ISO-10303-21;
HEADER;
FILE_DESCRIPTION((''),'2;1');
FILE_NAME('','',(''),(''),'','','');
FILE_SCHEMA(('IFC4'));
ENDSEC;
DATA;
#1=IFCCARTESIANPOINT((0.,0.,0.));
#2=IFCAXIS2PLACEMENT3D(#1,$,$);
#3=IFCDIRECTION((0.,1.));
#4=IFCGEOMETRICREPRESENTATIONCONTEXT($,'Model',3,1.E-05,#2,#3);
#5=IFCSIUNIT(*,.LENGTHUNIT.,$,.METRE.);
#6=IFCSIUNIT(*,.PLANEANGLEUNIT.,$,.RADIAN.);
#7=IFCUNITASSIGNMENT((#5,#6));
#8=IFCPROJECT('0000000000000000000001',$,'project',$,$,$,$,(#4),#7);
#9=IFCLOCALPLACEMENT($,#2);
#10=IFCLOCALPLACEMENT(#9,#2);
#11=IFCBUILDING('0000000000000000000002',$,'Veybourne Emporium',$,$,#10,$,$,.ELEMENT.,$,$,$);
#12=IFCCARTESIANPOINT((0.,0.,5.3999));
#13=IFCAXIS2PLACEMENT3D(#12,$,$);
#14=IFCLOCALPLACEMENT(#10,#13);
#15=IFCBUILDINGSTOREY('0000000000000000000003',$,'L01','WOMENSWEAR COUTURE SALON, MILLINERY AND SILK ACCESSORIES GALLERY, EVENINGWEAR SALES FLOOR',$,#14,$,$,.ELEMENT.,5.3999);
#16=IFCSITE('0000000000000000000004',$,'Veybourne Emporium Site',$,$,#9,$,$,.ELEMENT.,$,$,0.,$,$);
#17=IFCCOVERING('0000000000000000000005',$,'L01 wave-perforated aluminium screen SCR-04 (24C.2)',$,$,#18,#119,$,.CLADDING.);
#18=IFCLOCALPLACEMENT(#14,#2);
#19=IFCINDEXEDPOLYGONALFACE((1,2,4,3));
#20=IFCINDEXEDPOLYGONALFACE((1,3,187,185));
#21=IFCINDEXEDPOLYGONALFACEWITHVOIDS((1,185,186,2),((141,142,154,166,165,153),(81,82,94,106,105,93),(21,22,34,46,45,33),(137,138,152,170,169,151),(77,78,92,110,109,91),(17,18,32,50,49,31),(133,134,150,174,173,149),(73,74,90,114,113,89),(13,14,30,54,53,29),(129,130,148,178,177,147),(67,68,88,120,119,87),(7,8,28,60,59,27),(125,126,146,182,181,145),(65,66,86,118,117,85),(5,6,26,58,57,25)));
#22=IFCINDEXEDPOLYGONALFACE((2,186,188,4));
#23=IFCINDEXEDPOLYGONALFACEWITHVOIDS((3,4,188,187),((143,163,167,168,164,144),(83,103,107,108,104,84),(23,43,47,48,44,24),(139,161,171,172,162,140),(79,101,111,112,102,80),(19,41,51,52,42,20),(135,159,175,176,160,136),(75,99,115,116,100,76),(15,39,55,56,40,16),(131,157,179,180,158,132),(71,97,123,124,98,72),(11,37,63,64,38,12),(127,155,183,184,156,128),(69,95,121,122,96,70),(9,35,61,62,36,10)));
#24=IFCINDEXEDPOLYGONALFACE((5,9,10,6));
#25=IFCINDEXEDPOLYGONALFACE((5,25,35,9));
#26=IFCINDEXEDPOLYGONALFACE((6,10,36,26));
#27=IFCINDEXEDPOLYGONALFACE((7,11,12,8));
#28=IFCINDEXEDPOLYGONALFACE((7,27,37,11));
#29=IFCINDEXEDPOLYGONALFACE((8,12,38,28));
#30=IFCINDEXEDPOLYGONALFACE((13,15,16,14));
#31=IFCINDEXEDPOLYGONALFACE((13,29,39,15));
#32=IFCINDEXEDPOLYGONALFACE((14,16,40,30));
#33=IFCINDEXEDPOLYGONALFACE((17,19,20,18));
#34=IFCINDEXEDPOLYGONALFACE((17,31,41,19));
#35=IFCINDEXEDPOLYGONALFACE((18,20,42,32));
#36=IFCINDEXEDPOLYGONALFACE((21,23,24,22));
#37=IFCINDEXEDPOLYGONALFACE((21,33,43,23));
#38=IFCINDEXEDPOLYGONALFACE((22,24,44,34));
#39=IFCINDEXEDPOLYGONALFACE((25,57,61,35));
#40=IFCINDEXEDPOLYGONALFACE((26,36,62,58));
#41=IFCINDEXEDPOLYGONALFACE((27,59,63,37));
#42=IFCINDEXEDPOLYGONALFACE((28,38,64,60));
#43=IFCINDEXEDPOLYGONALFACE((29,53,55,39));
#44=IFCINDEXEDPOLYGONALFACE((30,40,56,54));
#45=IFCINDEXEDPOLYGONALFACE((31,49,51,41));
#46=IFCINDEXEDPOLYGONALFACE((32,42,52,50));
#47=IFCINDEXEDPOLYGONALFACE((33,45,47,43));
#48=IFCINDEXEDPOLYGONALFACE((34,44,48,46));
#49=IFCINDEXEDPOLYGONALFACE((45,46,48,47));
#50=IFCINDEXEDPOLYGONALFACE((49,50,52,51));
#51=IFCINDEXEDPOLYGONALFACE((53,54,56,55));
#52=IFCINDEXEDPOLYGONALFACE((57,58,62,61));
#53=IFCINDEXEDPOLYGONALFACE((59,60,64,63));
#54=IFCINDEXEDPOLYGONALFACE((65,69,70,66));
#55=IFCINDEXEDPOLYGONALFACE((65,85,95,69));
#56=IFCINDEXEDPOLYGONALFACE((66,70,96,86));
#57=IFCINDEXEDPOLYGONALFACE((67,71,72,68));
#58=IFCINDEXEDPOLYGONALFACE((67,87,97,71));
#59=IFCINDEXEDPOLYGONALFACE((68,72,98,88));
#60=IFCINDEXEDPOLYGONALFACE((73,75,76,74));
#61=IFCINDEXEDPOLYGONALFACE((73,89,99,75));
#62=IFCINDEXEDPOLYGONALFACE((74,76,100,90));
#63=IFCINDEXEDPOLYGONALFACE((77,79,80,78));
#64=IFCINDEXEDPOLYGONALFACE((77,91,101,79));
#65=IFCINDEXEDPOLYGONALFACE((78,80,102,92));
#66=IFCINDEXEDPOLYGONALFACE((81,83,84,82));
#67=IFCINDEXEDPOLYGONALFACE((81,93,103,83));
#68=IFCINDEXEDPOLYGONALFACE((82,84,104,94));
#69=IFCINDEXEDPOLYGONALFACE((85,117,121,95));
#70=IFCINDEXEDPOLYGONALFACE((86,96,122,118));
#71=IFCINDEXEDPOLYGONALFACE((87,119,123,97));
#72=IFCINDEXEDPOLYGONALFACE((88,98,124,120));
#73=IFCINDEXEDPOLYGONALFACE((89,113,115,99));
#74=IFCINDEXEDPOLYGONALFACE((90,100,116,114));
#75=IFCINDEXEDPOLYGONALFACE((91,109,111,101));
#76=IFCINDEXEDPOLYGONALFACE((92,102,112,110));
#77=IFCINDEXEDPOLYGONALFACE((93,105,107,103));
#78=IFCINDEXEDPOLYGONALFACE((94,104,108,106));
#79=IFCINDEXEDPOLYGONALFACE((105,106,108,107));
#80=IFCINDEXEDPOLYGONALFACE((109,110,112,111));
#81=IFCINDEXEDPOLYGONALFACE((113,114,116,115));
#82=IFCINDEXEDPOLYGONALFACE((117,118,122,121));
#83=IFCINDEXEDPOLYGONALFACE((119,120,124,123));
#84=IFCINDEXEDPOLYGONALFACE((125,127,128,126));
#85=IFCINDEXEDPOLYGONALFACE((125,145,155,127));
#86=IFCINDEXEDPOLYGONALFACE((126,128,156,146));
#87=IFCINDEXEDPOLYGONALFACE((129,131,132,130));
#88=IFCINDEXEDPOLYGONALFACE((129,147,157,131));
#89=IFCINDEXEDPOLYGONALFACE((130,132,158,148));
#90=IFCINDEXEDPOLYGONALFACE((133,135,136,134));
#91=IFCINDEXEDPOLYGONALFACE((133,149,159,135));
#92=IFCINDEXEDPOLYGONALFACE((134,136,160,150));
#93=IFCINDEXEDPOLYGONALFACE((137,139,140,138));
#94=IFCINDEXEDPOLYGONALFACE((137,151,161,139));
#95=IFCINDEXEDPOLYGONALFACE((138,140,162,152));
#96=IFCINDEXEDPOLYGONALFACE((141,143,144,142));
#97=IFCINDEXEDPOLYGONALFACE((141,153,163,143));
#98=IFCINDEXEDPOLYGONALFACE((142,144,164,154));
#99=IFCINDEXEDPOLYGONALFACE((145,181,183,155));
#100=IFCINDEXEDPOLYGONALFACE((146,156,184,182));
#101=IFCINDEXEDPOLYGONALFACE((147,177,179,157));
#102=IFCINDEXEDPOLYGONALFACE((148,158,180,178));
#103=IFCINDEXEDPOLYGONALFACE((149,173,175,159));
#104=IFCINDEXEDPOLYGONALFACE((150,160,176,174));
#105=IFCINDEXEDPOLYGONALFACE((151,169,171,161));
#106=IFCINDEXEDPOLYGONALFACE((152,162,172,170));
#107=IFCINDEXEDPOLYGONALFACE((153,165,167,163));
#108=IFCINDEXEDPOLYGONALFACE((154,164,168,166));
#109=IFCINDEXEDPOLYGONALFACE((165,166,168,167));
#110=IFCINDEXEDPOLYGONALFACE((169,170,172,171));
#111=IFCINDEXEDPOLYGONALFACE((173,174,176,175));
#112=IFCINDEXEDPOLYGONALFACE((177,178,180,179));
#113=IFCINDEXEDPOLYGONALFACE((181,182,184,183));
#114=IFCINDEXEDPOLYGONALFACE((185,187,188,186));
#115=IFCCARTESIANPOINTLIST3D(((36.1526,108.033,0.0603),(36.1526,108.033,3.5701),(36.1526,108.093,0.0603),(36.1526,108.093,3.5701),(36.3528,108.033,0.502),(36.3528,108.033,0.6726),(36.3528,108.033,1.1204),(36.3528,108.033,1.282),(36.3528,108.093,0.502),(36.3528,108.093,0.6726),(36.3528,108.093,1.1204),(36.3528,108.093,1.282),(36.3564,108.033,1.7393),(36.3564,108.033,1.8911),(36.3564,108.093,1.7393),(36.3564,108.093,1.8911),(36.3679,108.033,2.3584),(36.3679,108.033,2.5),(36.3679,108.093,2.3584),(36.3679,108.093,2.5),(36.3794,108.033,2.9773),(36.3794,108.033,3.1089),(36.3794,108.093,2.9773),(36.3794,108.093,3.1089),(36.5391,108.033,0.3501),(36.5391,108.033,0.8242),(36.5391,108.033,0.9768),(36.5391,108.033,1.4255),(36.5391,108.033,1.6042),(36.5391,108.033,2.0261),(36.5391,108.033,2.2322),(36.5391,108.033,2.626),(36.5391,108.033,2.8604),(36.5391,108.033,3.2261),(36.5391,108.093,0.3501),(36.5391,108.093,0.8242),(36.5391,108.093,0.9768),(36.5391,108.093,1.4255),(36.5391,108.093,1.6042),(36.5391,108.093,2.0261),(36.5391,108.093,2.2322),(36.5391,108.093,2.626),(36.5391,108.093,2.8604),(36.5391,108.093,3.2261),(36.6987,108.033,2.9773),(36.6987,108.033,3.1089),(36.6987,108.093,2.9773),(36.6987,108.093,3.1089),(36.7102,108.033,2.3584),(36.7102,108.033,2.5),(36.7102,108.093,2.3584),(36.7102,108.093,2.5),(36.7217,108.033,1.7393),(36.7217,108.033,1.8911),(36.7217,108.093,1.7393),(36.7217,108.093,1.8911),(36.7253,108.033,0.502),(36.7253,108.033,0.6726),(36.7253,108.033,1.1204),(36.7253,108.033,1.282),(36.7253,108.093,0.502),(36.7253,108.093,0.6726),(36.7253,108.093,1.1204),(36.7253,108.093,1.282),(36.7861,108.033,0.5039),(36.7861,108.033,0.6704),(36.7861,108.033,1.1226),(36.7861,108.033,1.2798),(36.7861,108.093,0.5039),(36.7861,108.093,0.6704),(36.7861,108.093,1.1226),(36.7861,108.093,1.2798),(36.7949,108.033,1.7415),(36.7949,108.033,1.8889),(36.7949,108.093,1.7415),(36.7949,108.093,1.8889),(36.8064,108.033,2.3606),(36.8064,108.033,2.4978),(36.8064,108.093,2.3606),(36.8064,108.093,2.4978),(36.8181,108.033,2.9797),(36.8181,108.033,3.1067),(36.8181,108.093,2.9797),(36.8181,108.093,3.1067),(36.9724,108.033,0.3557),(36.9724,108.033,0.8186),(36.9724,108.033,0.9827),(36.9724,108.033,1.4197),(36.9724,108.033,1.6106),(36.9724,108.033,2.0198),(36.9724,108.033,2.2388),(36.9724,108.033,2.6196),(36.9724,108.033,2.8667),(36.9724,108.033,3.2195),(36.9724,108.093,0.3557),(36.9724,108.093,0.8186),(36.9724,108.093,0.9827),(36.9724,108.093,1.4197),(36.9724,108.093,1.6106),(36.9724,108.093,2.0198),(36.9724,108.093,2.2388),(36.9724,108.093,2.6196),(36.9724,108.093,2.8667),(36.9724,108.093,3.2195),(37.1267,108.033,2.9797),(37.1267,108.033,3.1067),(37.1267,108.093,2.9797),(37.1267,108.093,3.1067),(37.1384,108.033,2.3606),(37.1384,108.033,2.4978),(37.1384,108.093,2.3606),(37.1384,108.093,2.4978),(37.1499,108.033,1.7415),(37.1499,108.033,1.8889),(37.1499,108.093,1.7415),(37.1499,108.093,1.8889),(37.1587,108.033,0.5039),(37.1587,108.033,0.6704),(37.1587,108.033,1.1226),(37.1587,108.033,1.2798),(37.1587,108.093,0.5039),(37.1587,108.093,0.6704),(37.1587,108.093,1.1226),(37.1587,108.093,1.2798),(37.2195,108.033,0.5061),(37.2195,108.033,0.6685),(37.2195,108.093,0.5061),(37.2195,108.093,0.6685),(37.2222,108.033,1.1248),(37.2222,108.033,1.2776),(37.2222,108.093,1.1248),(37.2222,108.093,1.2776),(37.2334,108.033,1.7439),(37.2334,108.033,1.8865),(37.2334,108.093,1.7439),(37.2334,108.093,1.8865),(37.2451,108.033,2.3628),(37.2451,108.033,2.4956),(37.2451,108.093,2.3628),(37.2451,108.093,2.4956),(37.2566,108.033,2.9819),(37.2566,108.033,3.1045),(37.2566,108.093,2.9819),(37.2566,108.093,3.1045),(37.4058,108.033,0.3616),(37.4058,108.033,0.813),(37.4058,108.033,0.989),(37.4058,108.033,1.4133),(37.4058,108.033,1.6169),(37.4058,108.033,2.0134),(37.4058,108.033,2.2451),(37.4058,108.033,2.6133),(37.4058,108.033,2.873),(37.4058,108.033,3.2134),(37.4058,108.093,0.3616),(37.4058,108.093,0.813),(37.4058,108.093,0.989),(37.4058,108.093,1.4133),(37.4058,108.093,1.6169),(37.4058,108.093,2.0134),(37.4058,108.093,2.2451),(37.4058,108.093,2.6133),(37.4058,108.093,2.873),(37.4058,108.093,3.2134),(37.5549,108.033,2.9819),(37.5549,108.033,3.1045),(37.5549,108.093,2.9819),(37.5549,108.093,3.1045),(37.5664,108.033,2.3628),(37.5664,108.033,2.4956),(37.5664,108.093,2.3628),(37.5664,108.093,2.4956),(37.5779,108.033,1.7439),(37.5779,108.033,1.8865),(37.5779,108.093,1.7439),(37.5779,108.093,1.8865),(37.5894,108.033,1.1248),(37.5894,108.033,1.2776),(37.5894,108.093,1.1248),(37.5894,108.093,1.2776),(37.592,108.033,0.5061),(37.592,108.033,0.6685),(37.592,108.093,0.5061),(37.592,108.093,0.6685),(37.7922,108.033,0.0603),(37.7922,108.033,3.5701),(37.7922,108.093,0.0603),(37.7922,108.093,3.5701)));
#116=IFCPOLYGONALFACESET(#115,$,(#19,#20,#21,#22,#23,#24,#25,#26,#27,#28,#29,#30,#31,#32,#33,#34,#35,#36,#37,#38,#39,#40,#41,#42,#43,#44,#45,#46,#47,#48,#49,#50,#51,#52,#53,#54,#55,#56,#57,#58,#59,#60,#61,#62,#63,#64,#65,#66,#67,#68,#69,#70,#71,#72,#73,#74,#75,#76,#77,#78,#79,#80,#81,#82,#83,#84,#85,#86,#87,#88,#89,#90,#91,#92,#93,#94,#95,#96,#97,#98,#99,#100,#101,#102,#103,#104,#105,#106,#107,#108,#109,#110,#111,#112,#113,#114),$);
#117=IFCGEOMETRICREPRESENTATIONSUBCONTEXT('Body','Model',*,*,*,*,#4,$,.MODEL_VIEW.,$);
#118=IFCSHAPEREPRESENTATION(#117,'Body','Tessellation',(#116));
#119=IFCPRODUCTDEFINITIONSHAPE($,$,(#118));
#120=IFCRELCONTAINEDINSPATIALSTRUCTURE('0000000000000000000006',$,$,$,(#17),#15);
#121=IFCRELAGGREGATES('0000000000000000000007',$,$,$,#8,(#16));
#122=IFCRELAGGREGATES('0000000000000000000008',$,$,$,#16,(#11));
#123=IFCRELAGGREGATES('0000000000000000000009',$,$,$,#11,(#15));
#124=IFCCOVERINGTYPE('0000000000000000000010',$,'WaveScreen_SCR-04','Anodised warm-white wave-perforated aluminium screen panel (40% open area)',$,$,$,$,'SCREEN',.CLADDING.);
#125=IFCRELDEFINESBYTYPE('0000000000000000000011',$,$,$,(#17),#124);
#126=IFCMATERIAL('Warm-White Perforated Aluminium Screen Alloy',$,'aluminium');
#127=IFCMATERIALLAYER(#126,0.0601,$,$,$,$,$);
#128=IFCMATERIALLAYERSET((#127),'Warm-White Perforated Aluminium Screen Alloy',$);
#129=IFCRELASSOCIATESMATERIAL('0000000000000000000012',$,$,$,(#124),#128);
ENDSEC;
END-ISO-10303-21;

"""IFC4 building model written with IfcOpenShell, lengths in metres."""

from ifc_helpers import new_model, si_unit, direction, frame, origin, place, context, subcontext, project, spatial, polyline, outline, extrude, material, layer, layer_set, type_object, element, save


model = new_model("IFC4")

# Units and contexts
model_context = context("Model", 3, precision=1e-05, world=origin(), true_north=direction((0.0, 1.0)))
body_context = subcontext(model_context, "Body", "Model", "MODEL_VIEW")
ifc_project = project(units=[si_unit("LENGTHUNIT", "METRE"), si_unit("PLANEANGLEUNIT", "RADIAN")], contexts=[model_context])

# Site, building, storey
site_placement = place(None, origin())
site = spatial("IfcSite", under=ifc_project, at=site_placement, Name="Veybourne Emporium Site", CompositionType="ELEMENT", RefElevation=0.0)
building_placement = place(site_placement, origin())
building = spatial("IfcBuilding", under=site, at=building_placement, Name="Veybourne Emporium", CompositionType="ELEMENT")
storey_placement = place(building_placement, frame((0.0, 0.0, 5.3999)))
storey = spatial("IfcBuildingStorey", under=building, at=storey_placement, Name="L01", Description="WOMENSWEAR COUTURE SALON, MILLINERY AND SILK ACCESSORIES GALLERY, EVENINGWEAR SALES FLOOR", CompositionType="ELEMENT", Elevation=5.3999)

# Covering
ifc_material_1 = material(Name="Warm-White Perforated Aluminium Screen Alloy", Category="aluminium")
ifc_layer_1 = layer(ifc_material_1, 0.0601)
ifc_layer_set_1 = layer_set([ifc_layer_1], Name="Warm-White Perforated Aluminium Screen Alloy")
covering_type_1 = type_object("IfcCoveringType", Name="WaveScreen_SCR-04", Description="Anodised warm-white wave-perforated aluminium screen panel (40% open area)", ElementType="SCREEN", PredefinedType="CLADDING", material=ifc_layer_set_1)
covering_1_placement = place(storey_placement, frame((36.9724, 108.093, 1.8152), z_axis=(0.0, -1.0, 0.0), x_axis=(1.0, 0.0, 0.0)))
element("IfcCovering", 1, at=covering_1_placement, inside=storey, type_object=covering_type_1, Name="L01 wave-perforated aluminium screen SCR-04 (24C.2)", PredefinedType="CLADDING", context=body_context, shape_type="SweptSolid", body=[
    extrude(outline(polyline([(-0.8198, -1.7549), (0.8198, -1.7549), (0.8198, 1.7549), (-0.8198, 1.7549), (-0.8198, -1.7549)]), holes=[polyline([(-0.4333, -0.991), (-0.2471, -1.1426), (-0.2471, -1.3132), (-0.4333, -1.4651), (-0.6196, -1.3132), (-0.6196, -1.1426), (-0.4333, -0.991)]), polyline([(-0.4333, -0.3896), (-0.2471, -0.5332), (-0.2471, -0.6948), (-0.4333, -0.8384), (-0.6196, -0.6948), (-0.6196, -0.5332), (-0.4333, -0.3896)]), polyline([(-0.4333, 0.2109), (-0.2507, 0.0759), (-0.2507, -0.0759), (-0.4333, -0.2109), (-0.616, -0.0759), (-0.616, 0.0759), (-0.4333, 0.2109)]), polyline([(-0.4333, 0.8108), (-0.2622, 0.6848), (-0.2622, 0.5432), (-0.4333, 0.417), (-0.6045, 0.5432), (-0.6045, 0.6848), (-0.4333, 0.8108)]), polyline([(-0.4333, 1.4109), (-0.2737, 1.2937), (-0.2737, 1.1621), (-0.4333, 1.0452), (-0.593, 1.1621), (-0.593, 1.2937), (-0.4333, 1.4109)]), polyline([(0.0, -0.9966), (0.1863, -1.1448), (0.1863, -1.3113), (0.0, -1.4595), (-0.1863, -1.3113), (-0.1863, -1.1448), (0.0, -0.9966)]), polyline([(0.0, -0.3955), (0.1863, -0.5354), (0.1863, -0.6926), (0.0, -0.8325), (-0.1863, -0.6926), (-0.1863, -0.5354), (0.0, -0.3955)]), polyline([(0.0, 0.2046), (0.1775, 0.0737), (0.1775, -0.0737), (0.0, -0.2046), (-0.1775, -0.0737), (-0.1775, 0.0737), (0.0, 0.2046)]), polyline([(0.0, 0.8044), (0.166, 0.6826), (0.166, 0.5454), (0.0, 0.4236), (-0.166, 0.5454), (-0.166, 0.6826), (0.0, 0.8044)]), polyline([(0.0, 1.4043), (0.1543, 1.2915), (0.1543, 1.1646), (0.0, 1.0515), (-0.1543, 1.1646), (-0.1543, 1.2915), (0.0, 1.4043)]), polyline([(0.4333, -1.0022), (0.6196, -1.1467), (0.6196, -1.3091), (0.4333, -1.4536), (0.2471, -1.3091), (0.2471, -1.1467), (0.4333, -1.0022)]), polyline([(0.4333, -0.4019), (0.6169, -0.5376), (0.6169, -0.6904), (0.4333, -0.8262), (0.2498, -0.6904), (0.2498, -0.5376), (0.4333, -0.4019)]), polyline([(0.4333, 0.1982), (0.6055, 0.0713), (0.6055, -0.0713), (0.4333, -0.1982), (0.261, -0.0713), (0.261, 0.0713), (0.4333, 0.1982)]), polyline([(0.4333, 0.7981), (0.594, 0.6804), (0.594, 0.5476), (0.4333, 0.4299), (0.2727, 0.5476), (0.2727, 0.6804), (0.4333, 0.7981)]), polyline([(0.4333, 1.3982), (0.5825, 1.2893), (0.5825, 1.1667), (0.4333, 1.0579), (0.2842, 1.1667), (0.2842, 1.2893), (0.4333, 1.3982)])]), origin(), (0.0, 0.0, 1.0), 0.0601),
])

save(model, "model.ifc")
